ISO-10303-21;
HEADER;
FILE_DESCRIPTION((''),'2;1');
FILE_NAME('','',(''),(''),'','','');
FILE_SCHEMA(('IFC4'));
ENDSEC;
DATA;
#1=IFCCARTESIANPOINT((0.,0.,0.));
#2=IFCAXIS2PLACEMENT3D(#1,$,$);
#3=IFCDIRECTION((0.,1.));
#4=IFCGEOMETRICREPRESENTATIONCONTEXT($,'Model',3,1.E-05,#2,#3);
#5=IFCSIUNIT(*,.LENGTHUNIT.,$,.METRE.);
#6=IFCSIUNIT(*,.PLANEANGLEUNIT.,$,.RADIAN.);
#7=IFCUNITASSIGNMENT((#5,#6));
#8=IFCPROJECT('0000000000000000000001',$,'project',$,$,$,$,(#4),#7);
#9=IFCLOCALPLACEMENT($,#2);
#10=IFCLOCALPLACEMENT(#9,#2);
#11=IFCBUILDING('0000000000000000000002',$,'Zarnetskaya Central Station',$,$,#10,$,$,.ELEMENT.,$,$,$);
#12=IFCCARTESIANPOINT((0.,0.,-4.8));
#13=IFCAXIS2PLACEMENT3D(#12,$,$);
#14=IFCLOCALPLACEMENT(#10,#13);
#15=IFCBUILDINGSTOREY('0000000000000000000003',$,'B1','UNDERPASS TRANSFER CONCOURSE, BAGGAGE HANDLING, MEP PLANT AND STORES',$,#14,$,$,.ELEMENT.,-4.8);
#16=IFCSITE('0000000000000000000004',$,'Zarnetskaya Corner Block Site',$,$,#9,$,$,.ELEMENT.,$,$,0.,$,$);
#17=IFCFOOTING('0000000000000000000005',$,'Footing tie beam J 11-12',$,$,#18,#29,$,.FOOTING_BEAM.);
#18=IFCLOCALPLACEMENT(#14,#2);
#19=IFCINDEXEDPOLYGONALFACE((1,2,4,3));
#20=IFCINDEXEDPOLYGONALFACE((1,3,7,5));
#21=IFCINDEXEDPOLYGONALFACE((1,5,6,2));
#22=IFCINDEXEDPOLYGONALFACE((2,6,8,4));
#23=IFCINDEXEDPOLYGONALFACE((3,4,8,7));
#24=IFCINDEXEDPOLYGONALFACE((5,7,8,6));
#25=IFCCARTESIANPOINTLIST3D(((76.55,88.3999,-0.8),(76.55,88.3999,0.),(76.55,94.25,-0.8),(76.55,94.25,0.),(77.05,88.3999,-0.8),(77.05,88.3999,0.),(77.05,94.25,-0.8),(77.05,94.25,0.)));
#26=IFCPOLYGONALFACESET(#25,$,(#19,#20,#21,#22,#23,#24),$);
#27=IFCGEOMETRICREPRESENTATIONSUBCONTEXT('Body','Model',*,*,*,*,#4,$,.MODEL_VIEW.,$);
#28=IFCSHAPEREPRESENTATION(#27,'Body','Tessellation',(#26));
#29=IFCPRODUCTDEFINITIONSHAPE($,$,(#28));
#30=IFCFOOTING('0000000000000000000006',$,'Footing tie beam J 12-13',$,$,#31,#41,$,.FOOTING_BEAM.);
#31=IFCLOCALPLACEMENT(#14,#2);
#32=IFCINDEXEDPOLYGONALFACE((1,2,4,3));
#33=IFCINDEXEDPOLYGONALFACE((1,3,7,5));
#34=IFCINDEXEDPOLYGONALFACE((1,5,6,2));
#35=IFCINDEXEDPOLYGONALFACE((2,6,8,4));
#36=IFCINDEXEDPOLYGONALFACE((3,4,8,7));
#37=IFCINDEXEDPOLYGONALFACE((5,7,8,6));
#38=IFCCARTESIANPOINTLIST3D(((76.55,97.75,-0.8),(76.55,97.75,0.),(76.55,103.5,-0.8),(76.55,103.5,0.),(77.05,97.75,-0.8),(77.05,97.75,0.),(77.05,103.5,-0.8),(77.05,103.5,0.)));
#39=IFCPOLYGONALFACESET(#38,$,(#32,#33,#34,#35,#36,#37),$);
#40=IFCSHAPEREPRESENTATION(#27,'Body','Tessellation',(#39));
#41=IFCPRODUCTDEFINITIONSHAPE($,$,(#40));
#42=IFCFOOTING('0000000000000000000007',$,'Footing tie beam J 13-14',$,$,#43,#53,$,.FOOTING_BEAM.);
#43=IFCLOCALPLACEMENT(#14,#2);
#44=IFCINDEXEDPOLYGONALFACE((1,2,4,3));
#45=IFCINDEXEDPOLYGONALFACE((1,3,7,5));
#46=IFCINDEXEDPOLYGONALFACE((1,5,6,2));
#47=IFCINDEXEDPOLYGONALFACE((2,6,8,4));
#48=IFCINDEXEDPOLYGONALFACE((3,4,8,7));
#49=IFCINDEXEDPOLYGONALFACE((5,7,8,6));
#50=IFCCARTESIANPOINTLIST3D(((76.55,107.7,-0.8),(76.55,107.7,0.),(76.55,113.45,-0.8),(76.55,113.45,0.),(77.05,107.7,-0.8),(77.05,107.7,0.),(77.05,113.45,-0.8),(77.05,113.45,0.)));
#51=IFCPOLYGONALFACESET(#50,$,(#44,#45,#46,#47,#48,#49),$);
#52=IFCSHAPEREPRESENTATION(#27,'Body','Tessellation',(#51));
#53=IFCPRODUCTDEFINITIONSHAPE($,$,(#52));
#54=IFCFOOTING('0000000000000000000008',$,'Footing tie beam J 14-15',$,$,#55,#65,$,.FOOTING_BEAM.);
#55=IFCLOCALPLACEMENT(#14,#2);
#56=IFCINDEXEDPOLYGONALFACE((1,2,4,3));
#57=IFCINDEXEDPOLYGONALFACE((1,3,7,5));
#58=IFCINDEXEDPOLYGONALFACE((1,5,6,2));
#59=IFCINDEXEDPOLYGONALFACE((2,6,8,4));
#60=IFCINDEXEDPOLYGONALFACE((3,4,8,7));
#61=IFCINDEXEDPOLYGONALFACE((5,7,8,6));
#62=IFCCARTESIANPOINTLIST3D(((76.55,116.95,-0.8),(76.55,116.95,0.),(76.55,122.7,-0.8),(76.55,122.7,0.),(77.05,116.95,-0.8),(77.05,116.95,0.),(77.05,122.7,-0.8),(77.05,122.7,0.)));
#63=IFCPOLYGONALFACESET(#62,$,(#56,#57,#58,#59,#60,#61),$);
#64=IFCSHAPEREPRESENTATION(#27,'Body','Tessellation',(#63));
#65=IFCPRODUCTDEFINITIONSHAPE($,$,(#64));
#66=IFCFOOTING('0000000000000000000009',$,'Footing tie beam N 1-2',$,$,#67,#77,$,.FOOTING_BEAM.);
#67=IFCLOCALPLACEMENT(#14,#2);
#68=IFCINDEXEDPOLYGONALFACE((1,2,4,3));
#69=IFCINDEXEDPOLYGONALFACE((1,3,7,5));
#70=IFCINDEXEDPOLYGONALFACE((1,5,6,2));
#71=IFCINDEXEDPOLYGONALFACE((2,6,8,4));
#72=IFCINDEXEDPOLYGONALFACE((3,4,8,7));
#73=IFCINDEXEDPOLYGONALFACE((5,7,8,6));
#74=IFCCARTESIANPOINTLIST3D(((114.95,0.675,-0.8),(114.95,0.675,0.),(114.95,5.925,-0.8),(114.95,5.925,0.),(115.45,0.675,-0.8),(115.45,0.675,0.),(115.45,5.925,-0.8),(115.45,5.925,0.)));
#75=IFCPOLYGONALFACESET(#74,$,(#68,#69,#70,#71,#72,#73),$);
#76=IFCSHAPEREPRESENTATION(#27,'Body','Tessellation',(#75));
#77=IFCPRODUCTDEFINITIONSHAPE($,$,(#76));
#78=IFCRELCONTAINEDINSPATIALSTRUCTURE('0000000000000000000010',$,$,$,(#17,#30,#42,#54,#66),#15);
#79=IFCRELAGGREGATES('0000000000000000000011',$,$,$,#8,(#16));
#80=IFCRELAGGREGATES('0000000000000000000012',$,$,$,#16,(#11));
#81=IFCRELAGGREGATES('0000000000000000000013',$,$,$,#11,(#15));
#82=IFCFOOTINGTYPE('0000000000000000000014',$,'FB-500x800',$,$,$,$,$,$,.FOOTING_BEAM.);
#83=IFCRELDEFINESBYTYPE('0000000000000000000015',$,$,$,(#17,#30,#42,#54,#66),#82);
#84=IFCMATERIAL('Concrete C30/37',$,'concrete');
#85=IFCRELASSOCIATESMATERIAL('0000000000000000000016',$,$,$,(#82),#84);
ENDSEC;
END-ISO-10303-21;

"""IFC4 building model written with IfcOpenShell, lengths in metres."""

from ifc_helpers import new_model, si_unit, direction, frame, origin, place, context, subcontext, project, spatial, polyline, outline, extrude, material, type_object, element, save


model = new_model("IFC4")

# Units and contexts
model_context = context("Model", 3, precision=1e-05, world=origin(), true_north=direction((0.0, 1.0)))
body_context = subcontext(model_context, "Body", "Model", "MODEL_VIEW")
ifc_project = project(units=[si_unit("LENGTHUNIT", "METRE"), si_unit("PLANEANGLEUNIT", "RADIAN")], contexts=[model_context])

# Site, building, storey
site_placement = place(None, origin())
site = spatial("IfcSite", under=ifc_project, at=site_placement, Name="Zarnetskaya Corner Block Site", CompositionType="ELEMENT", RefElevation=0.0)
building_placement = place(site_placement, origin())
building = spatial("IfcBuilding", under=site, at=building_placement, Name="Zarnetskaya Central Station", CompositionType="ELEMENT")
storey_placement = place(building_placement, frame((0.0, 0.0, -4.8)))
storey = spatial("IfcBuildingStorey", under=building, at=storey_placement, Name="B1", Description="UNDERPASS TRANSFER CONCOURSE, BAGGAGE HANDLING, MEP PLANT AND STORES", CompositionType="ELEMENT", Elevation=-4.8)

# Footings
ifc_material = material(Name="Concrete C30/37", Category="concrete")
footing_type = type_object("IfcFootingType", Name="FB-500x800", PredefinedType="FOOTING_BEAM", material=ifc_material)
footing_1_placement = place(storey_placement, frame((0.0, 0.0, -0.8)))
element("IfcFooting", 1, at=footing_1_placement, inside=storey, type_object=footing_type, Name="Footing tie beam J 11-12", PredefinedType="FOOTING_BEAM", context=body_context, shape_type="SweptSolid", body=[
    extrude(outline(polyline([(76.55, 88.3999), (77.05, 88.3999), (77.05, 94.25), (76.55, 94.25), (76.55, 88.3999)])), origin(), (0.0, 0.0, 1.0), 0.8),
])
footing_2_placement = place(storey_placement, frame((0.0, 0.0, -0.8)))
element("IfcFooting", 2, at=footing_2_placement, inside=storey, type_object=footing_type, Name="Footing tie beam J 12-13", PredefinedType="FOOTING_BEAM", context=body_context, shape_type="SweptSolid", body=[
    extrude(outline(polyline([(76.55, 97.75), (77.05, 97.75), (77.05, 103.5), (76.55, 103.5), (76.55, 97.75)])), origin(), (0.0, 0.0, 1.0), 0.8),
])
footing_3_placement = place(storey_placement, frame((0.0, 0.0, -0.8)))
element("IfcFooting", 3, at=footing_3_placement, inside=storey, type_object=footing_type, Name="Footing tie beam J 13-14", PredefinedType="FOOTING_BEAM", context=body_context, shape_type="SweptSolid", body=[
    extrude(outline(polyline([(76.55, 107.7), (77.05, 107.7), (77.05, 113.45), (76.55, 113.45), (76.55, 107.7)])), origin(), (0.0, 0.0, 1.0), 0.8),
])
footing_4_placement = place(storey_placement, frame((0.0, 0.0, -0.8)))
element("IfcFooting", 4, at=footing_4_placement, inside=storey, type_object=footing_type, Name="Footing tie beam J 14-15", PredefinedType="FOOTING_BEAM", context=body_context, shape_type="SweptSolid", body=[
    extrude(outline(polyline([(76.55, 116.95), (77.05, 116.95), (77.05, 122.7), (76.55, 122.7), (76.55, 116.95)])), origin(), (0.0, 0.0, 1.0), 0.8),
])
footing_5_placement = place(storey_placement, frame((0.0, 0.0, -0.8)))
element("IfcFooting", 5, at=footing_5_placement, inside=storey, type_object=footing_type, Name="Footing tie beam N 1-2", PredefinedType="FOOTING_BEAM", context=body_context, shape_type="SweptSolid", body=[
    extrude(outline(polyline([(114.95, 0.675), (115.45, 0.675), (115.45, 5.925), (114.95, 5.925), (114.95, 0.675)])), origin(), (0.0, 0.0, 1.0), 0.8),
])

save(model, "model.ifc")
